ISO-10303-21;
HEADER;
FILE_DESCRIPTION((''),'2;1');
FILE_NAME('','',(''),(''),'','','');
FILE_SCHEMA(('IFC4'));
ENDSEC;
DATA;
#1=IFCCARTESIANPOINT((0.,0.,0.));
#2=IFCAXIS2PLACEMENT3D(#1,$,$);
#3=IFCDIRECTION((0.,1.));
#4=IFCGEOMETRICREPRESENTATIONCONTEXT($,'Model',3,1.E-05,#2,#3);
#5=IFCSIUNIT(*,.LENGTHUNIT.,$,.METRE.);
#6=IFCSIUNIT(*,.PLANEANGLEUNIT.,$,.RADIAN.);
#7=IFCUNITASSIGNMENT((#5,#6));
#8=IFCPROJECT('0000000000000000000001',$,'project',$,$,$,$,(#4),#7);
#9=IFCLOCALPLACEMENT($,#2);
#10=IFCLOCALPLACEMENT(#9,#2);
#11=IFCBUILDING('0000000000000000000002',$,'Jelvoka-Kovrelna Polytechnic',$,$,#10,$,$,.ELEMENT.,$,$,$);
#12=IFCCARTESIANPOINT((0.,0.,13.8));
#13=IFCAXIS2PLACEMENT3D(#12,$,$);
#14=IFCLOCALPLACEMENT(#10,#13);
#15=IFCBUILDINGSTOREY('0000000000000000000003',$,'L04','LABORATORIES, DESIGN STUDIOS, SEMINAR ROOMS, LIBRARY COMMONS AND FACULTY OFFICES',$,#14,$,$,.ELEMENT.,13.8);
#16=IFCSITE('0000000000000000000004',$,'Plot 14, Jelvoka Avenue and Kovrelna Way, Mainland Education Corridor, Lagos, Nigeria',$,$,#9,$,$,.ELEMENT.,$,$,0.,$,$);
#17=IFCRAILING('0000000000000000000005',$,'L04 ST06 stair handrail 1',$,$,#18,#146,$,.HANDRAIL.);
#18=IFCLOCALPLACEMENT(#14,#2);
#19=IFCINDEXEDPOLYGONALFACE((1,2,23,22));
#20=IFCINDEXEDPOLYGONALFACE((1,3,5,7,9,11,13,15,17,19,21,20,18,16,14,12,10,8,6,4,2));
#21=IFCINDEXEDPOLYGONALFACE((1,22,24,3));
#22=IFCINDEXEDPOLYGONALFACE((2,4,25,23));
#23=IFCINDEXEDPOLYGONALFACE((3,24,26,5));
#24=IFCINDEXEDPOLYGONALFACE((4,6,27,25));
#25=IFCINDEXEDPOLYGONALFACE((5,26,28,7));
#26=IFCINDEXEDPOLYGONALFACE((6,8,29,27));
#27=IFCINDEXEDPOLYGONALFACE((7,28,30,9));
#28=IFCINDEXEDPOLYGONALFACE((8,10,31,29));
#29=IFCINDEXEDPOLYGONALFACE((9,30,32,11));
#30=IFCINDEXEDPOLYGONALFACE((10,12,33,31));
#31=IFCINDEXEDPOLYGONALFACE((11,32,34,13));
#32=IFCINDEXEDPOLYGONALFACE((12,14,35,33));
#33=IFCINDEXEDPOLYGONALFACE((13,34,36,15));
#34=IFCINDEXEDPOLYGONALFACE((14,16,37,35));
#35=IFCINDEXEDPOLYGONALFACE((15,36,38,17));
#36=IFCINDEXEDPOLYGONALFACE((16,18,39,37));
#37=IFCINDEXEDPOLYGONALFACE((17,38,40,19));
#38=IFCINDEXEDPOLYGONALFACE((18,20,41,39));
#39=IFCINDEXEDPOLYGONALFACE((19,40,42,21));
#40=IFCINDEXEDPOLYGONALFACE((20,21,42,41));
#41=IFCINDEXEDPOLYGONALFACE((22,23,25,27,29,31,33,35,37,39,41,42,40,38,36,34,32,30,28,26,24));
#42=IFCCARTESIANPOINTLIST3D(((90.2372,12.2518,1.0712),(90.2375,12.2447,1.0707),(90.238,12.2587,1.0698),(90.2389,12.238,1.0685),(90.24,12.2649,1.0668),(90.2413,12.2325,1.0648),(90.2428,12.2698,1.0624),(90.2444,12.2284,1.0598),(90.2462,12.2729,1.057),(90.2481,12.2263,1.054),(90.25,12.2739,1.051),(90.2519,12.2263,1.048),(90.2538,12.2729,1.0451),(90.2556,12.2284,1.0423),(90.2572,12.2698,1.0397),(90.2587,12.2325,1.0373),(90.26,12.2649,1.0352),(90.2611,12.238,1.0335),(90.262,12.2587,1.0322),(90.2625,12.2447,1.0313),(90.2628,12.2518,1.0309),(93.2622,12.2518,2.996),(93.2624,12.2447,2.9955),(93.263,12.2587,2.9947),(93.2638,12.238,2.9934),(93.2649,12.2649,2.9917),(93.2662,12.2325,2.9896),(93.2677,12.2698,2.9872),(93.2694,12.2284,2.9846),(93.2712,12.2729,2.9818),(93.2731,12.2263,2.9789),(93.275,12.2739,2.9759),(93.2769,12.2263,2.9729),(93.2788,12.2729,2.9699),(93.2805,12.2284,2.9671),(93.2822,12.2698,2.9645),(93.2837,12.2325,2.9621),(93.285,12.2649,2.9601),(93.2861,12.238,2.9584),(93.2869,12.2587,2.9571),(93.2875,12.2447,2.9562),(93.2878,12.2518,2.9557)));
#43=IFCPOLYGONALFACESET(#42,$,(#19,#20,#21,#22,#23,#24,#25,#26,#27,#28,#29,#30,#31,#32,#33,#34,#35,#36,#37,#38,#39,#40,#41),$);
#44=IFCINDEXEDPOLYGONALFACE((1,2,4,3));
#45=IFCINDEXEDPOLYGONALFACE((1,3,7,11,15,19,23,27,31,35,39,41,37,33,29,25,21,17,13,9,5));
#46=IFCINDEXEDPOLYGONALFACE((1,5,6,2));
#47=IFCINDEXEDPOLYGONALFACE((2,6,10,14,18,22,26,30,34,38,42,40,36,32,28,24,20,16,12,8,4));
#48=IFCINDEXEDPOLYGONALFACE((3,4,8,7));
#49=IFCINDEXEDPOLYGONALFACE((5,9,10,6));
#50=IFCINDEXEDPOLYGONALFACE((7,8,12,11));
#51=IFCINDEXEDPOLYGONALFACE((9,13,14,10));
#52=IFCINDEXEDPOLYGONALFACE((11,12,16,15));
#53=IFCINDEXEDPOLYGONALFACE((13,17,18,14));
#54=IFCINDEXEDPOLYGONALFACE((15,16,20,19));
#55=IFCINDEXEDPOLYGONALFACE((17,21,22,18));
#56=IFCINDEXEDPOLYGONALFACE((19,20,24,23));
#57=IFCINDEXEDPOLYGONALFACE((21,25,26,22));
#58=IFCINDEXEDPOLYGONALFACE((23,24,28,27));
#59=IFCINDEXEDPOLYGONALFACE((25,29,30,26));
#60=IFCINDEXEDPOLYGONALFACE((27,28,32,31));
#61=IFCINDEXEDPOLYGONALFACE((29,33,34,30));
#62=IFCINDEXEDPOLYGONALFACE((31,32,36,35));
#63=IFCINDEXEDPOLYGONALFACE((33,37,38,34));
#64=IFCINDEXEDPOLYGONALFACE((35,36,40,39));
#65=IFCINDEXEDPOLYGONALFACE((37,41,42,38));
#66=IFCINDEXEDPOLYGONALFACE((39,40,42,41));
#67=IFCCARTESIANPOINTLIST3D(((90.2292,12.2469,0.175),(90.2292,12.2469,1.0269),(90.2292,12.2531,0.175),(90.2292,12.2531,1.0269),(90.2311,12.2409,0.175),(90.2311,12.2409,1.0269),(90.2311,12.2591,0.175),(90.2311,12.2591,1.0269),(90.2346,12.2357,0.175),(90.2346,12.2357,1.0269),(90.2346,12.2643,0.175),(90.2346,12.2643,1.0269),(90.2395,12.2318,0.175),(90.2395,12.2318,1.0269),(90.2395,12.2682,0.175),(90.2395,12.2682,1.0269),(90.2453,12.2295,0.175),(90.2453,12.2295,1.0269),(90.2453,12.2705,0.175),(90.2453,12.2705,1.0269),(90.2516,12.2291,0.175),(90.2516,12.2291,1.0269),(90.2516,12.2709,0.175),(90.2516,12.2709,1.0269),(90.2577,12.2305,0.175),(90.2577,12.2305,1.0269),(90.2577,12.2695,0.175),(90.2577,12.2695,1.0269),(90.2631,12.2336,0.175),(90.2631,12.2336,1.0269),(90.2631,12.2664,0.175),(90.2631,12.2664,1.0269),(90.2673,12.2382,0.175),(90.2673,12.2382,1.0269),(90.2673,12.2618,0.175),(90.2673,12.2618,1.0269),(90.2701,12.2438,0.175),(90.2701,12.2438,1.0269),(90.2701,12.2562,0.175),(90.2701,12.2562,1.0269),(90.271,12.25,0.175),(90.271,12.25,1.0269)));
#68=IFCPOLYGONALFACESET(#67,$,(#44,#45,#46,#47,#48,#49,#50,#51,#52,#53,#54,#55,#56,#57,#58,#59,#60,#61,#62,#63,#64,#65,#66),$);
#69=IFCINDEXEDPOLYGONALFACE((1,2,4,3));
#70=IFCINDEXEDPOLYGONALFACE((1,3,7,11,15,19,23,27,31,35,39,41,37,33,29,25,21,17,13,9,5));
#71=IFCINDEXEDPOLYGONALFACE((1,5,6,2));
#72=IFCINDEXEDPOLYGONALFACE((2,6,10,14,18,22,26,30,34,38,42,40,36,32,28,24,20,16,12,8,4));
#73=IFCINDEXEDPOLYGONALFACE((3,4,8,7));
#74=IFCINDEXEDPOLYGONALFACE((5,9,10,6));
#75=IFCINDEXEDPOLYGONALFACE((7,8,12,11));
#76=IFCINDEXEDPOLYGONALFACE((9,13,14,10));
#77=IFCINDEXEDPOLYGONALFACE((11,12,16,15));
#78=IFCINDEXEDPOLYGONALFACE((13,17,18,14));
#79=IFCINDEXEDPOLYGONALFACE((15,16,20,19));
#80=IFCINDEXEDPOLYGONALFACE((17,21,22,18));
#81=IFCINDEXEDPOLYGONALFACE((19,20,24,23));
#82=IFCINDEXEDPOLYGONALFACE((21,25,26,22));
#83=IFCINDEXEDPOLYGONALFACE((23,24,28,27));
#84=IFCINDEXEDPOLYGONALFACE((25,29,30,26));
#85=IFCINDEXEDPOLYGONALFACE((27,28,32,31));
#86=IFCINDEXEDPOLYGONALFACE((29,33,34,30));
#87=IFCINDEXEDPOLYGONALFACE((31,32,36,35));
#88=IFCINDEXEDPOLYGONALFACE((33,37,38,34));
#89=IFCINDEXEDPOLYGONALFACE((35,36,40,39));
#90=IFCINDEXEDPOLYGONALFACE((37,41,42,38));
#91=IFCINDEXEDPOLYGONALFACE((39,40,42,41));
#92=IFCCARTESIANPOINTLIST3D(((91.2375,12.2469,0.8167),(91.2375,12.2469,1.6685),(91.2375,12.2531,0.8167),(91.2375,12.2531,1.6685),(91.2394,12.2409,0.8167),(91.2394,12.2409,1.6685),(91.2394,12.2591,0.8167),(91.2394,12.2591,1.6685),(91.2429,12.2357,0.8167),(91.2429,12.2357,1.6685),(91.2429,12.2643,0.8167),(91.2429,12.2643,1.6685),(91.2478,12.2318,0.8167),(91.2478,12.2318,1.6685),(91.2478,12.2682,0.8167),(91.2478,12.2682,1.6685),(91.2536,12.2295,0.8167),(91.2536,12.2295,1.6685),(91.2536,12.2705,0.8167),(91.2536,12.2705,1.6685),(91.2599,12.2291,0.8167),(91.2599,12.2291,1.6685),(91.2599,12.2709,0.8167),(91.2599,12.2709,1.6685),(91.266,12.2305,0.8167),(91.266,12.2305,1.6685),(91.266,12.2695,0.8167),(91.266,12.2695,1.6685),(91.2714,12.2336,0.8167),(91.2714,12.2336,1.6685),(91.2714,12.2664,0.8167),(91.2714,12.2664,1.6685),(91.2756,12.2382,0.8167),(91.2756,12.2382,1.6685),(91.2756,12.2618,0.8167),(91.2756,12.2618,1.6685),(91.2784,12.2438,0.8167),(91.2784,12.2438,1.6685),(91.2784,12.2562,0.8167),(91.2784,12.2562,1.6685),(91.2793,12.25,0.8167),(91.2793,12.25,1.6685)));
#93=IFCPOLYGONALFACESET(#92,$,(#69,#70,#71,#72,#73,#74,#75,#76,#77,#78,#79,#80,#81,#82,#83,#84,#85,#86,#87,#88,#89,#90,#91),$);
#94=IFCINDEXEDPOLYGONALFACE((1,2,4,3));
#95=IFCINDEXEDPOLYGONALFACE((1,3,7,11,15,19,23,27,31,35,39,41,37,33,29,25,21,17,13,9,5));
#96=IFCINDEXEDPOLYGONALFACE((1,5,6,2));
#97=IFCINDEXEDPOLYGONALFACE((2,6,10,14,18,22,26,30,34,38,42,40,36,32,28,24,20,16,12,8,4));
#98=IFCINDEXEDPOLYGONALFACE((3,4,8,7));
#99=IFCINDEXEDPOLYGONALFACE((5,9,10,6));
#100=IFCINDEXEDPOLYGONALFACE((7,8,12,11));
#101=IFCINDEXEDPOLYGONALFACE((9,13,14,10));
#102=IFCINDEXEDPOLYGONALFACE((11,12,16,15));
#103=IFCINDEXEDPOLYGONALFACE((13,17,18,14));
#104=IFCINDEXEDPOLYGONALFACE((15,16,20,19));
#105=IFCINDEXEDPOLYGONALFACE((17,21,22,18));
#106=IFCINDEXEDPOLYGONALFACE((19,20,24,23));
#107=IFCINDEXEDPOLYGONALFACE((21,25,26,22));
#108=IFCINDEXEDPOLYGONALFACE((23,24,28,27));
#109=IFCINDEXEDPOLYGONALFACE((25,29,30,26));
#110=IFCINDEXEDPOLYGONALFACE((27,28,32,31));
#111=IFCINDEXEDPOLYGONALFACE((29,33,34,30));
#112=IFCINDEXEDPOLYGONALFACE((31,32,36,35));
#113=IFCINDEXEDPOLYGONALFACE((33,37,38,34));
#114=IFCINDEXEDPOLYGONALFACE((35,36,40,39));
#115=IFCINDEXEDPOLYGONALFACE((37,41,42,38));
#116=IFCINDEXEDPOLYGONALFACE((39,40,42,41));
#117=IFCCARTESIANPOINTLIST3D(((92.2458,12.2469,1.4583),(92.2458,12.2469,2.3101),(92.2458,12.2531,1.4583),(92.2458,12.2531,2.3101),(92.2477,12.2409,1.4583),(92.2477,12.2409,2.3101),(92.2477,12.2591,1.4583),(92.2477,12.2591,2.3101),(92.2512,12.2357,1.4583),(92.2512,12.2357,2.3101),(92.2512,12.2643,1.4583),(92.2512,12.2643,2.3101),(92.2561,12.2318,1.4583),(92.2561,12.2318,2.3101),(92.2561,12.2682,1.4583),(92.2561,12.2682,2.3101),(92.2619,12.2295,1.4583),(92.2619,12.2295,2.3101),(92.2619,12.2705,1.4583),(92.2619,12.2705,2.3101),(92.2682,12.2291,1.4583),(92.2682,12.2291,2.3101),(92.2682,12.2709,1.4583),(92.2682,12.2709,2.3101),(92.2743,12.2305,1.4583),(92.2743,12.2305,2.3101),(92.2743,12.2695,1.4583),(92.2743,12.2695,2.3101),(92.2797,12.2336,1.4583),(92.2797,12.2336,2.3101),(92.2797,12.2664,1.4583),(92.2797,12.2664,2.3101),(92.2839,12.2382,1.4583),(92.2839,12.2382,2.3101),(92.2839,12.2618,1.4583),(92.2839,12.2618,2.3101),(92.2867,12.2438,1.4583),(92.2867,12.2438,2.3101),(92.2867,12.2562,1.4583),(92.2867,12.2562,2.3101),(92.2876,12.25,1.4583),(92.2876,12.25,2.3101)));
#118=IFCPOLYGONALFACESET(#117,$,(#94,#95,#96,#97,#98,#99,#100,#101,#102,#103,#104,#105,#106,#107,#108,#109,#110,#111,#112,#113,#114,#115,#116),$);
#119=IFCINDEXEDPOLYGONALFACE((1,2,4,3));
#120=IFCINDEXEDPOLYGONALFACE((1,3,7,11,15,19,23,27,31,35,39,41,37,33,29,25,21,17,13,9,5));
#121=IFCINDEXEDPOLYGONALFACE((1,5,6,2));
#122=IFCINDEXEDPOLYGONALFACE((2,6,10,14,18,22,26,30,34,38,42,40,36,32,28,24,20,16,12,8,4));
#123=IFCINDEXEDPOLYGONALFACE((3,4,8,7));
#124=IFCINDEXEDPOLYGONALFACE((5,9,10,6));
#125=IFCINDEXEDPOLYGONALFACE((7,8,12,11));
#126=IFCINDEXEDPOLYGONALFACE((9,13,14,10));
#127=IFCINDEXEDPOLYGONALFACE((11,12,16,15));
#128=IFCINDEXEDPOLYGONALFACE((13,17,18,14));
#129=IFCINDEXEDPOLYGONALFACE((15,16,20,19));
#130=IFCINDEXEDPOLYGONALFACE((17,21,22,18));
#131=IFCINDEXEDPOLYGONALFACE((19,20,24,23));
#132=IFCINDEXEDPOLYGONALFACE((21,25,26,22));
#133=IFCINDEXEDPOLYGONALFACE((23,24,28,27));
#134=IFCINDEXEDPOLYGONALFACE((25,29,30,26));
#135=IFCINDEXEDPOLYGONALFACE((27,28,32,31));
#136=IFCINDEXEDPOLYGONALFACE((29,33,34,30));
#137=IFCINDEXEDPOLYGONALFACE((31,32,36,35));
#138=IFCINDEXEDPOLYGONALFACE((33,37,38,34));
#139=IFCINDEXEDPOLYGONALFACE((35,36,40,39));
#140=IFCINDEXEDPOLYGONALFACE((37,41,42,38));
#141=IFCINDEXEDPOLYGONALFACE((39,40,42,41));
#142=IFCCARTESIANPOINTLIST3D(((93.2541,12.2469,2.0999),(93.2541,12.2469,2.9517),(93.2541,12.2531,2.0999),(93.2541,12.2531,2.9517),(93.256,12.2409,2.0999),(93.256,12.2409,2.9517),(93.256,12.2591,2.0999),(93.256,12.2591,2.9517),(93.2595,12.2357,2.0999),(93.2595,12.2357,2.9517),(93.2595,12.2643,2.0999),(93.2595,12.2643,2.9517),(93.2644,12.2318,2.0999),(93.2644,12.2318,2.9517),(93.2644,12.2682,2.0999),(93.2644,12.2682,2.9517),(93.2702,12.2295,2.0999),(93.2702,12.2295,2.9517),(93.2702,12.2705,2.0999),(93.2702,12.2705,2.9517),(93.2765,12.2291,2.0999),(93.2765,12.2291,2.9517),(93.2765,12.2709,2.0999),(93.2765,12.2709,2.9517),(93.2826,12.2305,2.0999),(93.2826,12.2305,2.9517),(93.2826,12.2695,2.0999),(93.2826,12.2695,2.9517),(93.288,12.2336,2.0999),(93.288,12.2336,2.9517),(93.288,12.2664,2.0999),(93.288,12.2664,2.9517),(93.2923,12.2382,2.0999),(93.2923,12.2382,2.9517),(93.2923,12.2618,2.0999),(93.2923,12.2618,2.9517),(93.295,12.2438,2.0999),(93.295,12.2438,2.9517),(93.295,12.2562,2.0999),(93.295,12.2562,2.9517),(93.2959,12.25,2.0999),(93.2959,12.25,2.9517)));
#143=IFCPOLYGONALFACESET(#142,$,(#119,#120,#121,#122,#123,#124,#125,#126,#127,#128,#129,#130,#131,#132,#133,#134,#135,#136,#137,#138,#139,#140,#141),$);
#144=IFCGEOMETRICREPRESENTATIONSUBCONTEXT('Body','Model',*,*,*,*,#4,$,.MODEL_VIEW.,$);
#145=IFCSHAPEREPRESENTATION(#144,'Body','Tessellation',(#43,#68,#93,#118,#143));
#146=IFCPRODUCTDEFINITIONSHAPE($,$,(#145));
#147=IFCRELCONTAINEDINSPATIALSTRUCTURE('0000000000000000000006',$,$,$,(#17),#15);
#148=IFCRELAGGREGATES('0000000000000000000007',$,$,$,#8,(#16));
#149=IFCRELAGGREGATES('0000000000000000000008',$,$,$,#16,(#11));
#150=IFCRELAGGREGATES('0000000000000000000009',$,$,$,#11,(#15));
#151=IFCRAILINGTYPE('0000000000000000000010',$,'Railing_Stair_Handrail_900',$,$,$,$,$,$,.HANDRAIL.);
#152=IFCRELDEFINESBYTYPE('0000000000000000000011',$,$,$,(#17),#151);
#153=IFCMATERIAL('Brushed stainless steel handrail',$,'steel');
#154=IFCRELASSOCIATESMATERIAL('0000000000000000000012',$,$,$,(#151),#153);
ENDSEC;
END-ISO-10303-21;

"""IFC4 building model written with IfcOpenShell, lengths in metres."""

from ifc_helpers import new_model, si_unit, direction, frame, origin, origin_2d, place, context, subcontext, project, spatial, circle, extrude, material, type_object, element, save


model = new_model("IFC4")

# Units and contexts
model_context = context("Model", 3, precision=1e-05, world=origin(), true_north=direction((0.0, 1.0)))
body_context = subcontext(model_context, "Body", "Model", "MODEL_VIEW")
ifc_project = project(units=[si_unit("LENGTHUNIT", "METRE"), si_unit("PLANEANGLEUNIT", "RADIAN")], contexts=[model_context])

# Site, building, storey
site_placement = place(None, origin())
site = spatial("IfcSite", under=ifc_project, at=site_placement, Name="Plot 14, Jelvoka Avenue and Kovrelna Way, Mainland Education Corridor, Lagos, Nigeria", CompositionType="ELEMENT", RefElevation=0.0)
building_placement = place(site_placement, origin())
building = spatial("IfcBuilding", under=site, at=building_placement, Name="Jelvoka-Kovrelna Polytechnic", CompositionType="ELEMENT")
storey_placement = place(building_placement, frame((0.0, 0.0, 13.8)))
storey = spatial("IfcBuildingStorey", under=building, at=storey_placement, Name="L04", Description="LABORATORIES, DESIGN STUDIOS, SEMINAR ROOMS, LIBRARY COMMONS AND FACULTY OFFICES", CompositionType="ELEMENT", Elevation=13.8)

# Railing
ifc_material_1 = material(Name="Brushed stainless steel handrail", Category="steel")
railing_type_1 = type_object("IfcRailingType", Name="Railing_Stair_Handrail_900", PredefinedType="HANDRAIL", material=ifc_material_1)
railing_1_placement = place(storey_placement, frame((90.25, 12.25, 0.175)))
element("IfcRailing", 1, at=railing_1_placement, inside=storey, type_object=railing_type_1, Name="L04 ST06 stair handrail 1", PredefinedType="HANDRAIL", context=body_context, shape_type="SweptSolid", body=[
    extrude(circle(Radius=0.0239, at=origin_2d()), frame((0.0, 0.0, 0.876), z_axis=(0.843678, 0.0, 0.536849), x_axis=(0.0, 1.0, 0.0)), (0.0, 0.0, 1.0), 3.5854),
    extrude(circle(Radius=0.021, at=origin_2d()), origin(), (0.0, 0.0, 1.0), 0.8518),
    extrude(circle(Radius=0.021, at=origin_2d()), frame((1.0083, 0.0, 0.6416)), (0.0, 0.0, 1.0), 0.8518),
    extrude(circle(Radius=0.021, at=origin_2d()), frame((2.0166, 0.0, 1.2832)), (0.0, 0.0, 1.0), 0.8518),
    extrude(circle(Radius=0.021, at=origin_2d()), frame((3.0249, 0.0, 1.9248)), (0.0, 0.0, 1.0), 0.8518),
])

save(model, "model.ifc")
